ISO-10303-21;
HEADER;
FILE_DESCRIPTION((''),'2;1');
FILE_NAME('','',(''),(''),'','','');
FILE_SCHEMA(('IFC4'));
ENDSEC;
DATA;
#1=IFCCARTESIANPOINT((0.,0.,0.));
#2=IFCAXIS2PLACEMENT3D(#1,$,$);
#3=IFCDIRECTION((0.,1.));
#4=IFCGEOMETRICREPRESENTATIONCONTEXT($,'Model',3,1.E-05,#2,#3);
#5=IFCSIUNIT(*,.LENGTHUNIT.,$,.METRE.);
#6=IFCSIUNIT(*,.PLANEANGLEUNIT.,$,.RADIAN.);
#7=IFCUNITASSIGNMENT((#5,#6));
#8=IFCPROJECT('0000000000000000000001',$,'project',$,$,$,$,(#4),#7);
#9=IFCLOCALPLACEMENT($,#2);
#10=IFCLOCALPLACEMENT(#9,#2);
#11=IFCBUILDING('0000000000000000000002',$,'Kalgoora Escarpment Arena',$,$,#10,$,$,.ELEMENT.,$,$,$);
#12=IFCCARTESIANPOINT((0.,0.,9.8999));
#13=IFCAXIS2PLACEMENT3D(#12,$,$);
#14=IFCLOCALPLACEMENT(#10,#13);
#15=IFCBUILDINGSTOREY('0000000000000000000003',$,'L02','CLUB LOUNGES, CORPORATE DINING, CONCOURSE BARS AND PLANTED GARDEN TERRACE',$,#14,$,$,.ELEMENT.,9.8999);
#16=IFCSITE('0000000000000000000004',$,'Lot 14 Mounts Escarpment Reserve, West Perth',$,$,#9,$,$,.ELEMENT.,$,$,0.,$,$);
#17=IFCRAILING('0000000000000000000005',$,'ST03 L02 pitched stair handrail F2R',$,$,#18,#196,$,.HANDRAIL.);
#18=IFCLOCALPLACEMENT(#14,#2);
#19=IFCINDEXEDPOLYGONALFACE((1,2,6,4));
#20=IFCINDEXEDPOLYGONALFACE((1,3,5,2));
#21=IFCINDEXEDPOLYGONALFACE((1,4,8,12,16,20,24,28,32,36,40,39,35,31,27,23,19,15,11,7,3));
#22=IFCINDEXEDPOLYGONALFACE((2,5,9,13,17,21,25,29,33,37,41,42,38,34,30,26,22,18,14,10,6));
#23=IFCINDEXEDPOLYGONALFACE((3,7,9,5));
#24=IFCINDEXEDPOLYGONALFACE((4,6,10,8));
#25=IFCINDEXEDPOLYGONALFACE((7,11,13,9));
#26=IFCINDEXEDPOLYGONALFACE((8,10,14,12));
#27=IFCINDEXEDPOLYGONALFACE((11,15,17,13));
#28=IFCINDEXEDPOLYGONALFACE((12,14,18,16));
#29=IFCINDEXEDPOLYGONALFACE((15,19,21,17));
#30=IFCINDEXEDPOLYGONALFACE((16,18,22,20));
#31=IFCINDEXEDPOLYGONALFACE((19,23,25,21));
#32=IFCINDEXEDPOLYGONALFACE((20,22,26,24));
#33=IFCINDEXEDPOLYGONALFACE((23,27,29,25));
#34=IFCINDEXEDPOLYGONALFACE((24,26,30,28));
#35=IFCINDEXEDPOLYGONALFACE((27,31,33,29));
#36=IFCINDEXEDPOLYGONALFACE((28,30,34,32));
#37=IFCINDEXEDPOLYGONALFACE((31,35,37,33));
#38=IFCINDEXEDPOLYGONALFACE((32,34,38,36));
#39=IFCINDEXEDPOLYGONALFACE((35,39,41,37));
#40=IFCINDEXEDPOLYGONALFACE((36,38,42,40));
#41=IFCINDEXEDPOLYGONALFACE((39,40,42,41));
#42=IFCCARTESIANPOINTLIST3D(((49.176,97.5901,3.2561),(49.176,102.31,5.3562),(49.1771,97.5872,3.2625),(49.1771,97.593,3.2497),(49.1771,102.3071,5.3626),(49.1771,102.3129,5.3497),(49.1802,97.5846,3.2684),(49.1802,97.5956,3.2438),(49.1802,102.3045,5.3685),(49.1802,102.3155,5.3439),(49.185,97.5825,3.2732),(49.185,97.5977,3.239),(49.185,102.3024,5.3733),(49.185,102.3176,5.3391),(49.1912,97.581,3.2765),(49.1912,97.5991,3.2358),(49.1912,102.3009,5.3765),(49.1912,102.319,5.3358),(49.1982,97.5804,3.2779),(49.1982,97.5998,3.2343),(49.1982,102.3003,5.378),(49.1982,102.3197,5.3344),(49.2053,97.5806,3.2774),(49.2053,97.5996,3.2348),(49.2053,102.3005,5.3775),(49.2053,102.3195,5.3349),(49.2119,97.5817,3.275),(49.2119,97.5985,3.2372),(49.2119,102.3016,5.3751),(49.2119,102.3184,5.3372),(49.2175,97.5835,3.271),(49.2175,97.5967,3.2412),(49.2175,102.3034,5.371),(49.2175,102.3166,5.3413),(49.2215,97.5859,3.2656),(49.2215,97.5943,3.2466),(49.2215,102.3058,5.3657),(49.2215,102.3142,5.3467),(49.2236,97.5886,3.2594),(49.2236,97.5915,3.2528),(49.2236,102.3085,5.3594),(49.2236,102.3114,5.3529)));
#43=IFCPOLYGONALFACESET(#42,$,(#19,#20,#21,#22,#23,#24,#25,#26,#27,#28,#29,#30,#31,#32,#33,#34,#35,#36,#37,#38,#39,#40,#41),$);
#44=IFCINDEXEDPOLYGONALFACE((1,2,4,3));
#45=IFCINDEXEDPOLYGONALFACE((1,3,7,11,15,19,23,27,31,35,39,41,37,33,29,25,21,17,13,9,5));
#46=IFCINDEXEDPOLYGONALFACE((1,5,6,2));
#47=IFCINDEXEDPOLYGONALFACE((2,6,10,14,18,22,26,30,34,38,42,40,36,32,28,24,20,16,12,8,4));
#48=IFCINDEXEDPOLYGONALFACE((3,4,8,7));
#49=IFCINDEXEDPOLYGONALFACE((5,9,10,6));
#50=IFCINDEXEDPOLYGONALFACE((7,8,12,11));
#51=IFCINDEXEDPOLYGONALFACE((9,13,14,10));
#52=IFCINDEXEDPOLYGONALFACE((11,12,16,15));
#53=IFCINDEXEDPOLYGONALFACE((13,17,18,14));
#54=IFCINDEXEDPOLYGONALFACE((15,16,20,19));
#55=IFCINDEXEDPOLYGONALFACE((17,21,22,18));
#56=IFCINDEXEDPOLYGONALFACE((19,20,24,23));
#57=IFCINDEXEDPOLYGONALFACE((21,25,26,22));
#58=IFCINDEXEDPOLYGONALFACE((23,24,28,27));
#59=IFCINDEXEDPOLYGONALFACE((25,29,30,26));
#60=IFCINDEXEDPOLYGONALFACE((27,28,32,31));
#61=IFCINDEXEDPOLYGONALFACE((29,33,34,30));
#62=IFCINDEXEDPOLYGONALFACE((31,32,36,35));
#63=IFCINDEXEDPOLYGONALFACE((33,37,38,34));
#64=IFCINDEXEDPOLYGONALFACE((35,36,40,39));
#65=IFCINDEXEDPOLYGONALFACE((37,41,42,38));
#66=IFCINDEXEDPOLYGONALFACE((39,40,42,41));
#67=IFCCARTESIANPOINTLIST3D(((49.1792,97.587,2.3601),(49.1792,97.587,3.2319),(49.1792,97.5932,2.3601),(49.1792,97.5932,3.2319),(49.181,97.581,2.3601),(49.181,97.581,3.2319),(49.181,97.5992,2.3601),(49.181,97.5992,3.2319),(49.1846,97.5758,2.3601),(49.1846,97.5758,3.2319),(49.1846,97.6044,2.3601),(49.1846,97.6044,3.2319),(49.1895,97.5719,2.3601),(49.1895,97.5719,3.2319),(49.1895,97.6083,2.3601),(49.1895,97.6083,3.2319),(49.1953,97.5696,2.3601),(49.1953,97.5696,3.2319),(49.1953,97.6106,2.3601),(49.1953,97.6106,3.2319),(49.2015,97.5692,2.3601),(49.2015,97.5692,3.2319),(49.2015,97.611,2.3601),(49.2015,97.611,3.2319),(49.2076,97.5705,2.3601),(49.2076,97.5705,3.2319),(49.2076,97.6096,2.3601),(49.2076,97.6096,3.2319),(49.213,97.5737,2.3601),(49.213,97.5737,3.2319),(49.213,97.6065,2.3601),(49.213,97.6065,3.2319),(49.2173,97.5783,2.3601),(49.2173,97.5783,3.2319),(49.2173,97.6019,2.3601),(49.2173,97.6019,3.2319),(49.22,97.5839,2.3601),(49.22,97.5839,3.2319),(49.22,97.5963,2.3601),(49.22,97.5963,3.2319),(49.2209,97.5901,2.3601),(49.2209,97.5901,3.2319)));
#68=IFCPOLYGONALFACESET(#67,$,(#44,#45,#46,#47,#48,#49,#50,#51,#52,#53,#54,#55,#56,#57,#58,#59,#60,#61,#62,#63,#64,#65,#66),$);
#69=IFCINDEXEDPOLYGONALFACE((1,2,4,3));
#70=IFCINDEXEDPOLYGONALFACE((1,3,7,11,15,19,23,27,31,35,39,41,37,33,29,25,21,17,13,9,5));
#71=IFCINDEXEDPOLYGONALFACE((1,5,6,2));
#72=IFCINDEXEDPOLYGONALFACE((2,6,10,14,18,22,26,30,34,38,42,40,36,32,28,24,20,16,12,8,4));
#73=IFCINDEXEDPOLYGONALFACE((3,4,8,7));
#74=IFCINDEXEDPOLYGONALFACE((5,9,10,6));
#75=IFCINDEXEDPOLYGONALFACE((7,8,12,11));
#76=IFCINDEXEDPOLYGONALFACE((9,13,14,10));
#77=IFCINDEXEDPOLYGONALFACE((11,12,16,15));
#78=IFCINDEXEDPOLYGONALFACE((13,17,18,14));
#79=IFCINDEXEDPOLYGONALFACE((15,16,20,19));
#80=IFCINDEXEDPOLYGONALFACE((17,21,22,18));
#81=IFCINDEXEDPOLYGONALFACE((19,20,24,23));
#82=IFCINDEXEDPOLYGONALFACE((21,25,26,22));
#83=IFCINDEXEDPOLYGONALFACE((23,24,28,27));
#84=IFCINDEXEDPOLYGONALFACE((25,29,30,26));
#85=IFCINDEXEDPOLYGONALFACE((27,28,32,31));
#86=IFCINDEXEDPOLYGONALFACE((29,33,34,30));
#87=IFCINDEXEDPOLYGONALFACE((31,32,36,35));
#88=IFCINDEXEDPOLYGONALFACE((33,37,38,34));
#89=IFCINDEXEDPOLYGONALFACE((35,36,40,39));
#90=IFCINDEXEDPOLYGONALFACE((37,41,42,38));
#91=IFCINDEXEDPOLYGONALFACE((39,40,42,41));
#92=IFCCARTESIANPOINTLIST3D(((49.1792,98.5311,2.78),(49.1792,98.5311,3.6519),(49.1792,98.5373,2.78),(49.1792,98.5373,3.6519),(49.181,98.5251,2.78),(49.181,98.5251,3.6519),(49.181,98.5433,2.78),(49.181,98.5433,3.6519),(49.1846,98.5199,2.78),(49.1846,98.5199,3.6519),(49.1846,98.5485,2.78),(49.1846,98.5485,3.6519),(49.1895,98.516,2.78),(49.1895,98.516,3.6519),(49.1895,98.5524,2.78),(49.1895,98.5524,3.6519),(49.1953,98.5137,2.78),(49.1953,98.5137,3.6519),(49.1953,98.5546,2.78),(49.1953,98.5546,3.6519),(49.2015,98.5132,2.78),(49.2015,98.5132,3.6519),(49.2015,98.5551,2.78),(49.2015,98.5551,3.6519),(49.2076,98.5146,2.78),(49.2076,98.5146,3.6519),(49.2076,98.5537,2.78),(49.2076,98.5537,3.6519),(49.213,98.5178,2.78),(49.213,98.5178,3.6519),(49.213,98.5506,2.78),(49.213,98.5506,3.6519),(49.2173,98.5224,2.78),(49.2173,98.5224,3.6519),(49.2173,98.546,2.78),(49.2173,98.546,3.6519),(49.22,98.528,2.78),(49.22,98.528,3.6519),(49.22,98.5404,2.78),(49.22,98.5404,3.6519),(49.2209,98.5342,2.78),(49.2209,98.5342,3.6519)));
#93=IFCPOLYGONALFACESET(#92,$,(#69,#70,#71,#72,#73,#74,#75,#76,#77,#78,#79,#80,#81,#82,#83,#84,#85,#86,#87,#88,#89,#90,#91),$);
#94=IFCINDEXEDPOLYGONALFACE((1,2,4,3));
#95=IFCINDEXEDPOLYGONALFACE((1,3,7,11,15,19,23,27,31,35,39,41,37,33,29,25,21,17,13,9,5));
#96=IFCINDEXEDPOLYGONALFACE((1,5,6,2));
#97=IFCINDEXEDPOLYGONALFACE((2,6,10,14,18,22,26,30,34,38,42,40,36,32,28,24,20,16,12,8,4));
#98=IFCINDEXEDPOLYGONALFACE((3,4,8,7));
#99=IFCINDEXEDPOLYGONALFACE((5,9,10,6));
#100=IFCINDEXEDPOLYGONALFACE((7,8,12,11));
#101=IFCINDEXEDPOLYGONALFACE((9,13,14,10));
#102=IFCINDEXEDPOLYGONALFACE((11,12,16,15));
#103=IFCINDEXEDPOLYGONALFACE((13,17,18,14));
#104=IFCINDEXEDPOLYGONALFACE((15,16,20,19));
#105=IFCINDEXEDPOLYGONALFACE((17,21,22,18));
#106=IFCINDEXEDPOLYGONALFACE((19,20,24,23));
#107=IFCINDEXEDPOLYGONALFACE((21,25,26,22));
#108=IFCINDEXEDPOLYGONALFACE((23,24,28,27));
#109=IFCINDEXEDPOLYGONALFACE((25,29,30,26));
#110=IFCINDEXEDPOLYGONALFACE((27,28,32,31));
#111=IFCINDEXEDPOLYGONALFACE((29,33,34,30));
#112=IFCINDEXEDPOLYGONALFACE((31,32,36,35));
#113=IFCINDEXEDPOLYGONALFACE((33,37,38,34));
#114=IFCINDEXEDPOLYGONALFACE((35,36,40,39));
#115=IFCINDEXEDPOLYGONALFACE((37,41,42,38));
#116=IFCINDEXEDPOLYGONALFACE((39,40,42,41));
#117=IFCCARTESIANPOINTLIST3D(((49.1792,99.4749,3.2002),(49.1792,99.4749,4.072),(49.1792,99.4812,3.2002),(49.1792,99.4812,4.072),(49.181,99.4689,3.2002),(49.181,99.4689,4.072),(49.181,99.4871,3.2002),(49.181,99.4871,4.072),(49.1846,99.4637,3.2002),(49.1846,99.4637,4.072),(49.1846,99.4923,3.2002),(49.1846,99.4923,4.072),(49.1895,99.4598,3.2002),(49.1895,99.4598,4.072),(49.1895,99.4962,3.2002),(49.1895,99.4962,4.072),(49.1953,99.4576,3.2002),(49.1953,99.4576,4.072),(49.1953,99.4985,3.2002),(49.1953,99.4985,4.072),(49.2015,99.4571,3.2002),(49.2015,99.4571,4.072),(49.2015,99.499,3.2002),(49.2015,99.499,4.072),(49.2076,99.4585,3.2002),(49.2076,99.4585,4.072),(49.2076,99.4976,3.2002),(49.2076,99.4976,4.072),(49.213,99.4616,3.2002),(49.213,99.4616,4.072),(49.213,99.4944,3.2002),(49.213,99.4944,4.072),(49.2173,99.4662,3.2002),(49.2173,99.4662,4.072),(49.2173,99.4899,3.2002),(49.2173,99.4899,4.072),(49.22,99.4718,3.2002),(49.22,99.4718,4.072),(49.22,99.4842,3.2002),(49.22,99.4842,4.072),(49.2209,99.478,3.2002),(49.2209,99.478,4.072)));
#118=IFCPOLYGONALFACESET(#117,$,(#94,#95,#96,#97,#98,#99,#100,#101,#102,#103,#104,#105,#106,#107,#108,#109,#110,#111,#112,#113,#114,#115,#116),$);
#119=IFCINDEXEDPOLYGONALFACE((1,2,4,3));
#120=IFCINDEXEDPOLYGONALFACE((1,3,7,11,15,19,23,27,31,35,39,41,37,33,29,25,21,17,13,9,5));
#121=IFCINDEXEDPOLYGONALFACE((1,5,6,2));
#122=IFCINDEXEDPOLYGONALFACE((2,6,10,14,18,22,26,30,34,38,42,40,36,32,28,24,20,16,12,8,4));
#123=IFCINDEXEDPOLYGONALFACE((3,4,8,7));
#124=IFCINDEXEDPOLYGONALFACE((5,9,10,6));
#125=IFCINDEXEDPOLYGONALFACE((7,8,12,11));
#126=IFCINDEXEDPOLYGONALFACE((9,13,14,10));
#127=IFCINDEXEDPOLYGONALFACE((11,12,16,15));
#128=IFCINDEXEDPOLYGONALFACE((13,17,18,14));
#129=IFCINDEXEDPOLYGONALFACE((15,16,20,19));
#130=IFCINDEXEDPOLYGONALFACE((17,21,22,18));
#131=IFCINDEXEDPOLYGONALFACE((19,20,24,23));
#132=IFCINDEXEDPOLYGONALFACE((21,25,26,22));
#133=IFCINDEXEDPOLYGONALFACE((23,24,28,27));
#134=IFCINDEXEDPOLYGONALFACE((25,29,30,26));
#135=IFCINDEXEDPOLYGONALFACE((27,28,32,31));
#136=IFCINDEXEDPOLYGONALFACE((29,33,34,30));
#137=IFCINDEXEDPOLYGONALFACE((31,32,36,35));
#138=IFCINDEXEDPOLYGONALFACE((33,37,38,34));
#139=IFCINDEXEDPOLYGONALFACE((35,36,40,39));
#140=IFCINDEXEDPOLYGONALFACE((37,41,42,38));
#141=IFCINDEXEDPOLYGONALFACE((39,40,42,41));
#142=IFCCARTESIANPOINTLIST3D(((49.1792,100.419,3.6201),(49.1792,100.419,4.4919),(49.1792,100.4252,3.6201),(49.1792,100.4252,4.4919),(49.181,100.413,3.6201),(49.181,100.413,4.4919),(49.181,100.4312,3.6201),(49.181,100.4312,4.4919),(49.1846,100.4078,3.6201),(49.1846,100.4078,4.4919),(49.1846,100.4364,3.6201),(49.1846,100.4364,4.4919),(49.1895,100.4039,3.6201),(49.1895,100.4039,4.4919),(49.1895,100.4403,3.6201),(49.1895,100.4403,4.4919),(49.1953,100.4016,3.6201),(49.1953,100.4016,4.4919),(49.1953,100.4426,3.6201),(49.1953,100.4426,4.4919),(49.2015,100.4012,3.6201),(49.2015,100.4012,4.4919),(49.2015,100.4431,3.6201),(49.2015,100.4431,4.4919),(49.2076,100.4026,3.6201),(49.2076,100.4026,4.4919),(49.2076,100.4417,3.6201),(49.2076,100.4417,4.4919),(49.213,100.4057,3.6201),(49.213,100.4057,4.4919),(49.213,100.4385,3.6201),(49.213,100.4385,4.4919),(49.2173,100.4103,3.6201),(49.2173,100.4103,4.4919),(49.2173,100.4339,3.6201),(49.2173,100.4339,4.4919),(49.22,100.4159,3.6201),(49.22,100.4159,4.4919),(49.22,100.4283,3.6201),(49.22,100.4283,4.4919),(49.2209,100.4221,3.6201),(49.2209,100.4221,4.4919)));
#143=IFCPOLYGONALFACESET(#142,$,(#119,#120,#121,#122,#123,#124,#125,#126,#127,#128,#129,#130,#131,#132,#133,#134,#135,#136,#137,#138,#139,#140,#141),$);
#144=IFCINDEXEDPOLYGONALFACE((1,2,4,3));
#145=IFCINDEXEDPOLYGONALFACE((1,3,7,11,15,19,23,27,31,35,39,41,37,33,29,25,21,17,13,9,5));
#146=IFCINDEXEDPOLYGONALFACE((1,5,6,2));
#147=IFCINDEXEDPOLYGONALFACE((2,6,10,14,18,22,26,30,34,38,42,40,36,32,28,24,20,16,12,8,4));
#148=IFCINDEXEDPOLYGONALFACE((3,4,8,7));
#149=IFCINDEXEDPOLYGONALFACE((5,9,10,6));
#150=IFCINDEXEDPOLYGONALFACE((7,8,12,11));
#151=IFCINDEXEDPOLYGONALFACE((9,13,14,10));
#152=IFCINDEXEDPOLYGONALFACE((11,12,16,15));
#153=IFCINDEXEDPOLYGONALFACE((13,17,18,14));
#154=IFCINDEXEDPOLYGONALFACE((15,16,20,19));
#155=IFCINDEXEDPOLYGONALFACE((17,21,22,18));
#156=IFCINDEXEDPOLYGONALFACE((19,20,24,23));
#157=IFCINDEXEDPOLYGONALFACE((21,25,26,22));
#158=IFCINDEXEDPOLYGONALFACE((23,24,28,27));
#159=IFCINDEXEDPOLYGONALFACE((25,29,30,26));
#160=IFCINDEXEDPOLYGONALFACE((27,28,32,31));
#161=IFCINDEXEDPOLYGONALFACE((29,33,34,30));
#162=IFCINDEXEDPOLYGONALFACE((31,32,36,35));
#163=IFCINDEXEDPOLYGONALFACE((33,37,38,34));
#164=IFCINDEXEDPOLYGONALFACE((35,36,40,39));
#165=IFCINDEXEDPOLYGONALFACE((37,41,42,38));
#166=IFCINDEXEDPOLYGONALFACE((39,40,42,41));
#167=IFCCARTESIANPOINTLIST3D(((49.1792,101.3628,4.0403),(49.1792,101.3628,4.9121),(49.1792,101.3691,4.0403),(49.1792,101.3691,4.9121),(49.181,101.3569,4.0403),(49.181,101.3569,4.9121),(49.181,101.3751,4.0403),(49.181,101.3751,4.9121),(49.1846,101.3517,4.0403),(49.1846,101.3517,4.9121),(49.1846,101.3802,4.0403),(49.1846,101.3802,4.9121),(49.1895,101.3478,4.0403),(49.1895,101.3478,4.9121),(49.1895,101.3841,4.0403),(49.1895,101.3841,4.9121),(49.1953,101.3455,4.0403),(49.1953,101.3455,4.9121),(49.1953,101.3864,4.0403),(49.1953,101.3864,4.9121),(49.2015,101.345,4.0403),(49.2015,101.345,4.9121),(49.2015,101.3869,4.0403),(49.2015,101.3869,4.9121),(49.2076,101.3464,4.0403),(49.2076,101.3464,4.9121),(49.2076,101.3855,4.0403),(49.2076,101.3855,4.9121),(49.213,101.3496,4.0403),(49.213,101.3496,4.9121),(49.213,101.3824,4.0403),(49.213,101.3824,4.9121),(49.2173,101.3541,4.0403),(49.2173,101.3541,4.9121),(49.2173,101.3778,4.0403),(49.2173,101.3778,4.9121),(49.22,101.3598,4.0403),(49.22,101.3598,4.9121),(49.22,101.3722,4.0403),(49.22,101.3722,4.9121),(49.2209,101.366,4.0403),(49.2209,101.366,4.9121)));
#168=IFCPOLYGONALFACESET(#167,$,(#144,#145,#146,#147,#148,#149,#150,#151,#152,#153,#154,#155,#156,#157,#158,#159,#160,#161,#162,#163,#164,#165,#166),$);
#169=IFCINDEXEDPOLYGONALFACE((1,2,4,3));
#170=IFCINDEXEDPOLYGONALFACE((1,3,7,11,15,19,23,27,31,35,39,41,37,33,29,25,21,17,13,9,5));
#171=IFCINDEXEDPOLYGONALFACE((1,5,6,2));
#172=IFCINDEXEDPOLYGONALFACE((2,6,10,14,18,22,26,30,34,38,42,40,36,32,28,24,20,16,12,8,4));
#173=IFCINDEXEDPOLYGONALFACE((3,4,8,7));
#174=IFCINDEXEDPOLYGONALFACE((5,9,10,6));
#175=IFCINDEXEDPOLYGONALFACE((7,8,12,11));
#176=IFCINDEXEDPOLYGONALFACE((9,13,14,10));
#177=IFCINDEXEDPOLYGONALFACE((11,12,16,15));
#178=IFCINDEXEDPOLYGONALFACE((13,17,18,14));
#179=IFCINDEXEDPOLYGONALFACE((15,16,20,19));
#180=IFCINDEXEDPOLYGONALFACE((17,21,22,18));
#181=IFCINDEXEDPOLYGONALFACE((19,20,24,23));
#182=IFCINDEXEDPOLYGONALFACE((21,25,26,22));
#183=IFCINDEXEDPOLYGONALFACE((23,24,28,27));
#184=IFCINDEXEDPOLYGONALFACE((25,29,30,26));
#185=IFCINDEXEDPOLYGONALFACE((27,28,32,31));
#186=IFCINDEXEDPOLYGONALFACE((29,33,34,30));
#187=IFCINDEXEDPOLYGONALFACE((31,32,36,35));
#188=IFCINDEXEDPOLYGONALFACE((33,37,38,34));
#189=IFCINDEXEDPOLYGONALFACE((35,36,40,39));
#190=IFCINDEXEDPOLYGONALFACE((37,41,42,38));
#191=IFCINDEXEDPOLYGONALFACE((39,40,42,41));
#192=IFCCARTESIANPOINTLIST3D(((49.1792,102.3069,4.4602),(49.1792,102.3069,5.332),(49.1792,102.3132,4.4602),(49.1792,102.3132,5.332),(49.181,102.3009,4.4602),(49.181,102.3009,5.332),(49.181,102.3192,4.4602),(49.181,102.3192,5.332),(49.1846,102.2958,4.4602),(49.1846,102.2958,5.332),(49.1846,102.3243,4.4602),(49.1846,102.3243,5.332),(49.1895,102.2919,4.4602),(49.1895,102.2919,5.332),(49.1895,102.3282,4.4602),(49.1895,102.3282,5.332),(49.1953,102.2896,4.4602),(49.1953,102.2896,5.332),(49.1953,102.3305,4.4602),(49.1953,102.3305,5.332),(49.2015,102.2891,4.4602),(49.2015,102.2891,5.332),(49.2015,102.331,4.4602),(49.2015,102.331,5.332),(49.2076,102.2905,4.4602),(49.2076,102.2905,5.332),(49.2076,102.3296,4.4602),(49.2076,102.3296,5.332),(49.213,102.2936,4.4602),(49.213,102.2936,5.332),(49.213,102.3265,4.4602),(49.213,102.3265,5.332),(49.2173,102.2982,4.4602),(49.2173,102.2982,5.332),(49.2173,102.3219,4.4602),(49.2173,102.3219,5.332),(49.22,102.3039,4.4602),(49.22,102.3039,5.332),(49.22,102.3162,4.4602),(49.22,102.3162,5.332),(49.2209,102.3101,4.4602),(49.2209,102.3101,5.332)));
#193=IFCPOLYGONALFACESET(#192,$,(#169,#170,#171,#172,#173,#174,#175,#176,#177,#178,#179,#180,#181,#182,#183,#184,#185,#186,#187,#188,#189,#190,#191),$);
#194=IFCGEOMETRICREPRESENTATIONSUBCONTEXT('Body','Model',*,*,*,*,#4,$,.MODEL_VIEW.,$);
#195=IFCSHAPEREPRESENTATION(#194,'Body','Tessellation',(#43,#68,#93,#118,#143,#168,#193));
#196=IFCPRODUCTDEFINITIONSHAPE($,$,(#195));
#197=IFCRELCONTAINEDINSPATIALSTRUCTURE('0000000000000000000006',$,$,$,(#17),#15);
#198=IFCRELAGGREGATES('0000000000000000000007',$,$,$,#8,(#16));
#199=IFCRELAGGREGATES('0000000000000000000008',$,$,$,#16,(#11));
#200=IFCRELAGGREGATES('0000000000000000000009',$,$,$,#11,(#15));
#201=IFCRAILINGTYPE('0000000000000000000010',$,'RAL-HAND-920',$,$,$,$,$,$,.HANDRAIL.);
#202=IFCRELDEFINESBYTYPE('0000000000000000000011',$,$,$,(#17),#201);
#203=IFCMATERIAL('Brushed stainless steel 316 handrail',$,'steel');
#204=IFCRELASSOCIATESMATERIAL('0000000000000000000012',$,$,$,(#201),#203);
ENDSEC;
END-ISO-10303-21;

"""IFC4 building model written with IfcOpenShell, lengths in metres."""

from ifc_helpers import new_model, si_unit, direction, frame, origin, origin_2d, place, context, subcontext, project, spatial, circle, extrude, material, type_object, element, save


model = new_model("IFC4")

# Units and contexts
model_context = context("Model", 3, precision=1e-05, world=origin(), true_north=direction((0.0, 1.0)))
body_context = subcontext(model_context, "Body", "Model", "MODEL_VIEW")
ifc_project = project(units=[si_unit("LENGTHUNIT", "METRE"), si_unit("PLANEANGLEUNIT", "RADIAN")], contexts=[model_context])

# Site, building, storey
site_placement = place(None, origin())
site = spatial("IfcSite", under=ifc_project, at=site_placement, Name="Lot 14 Mounts Escarpment Reserve, West Perth", CompositionType="ELEMENT", RefElevation=0.0)
building_placement = place(site_placement, origin())
building = spatial("IfcBuilding", under=site, at=building_placement, Name="Kalgoora Escarpment Arena", CompositionType="ELEMENT")
storey_placement = place(building_placement, frame((0.0, 0.0, 9.8999)))
storey = spatial("IfcBuildingStorey", under=building, at=storey_placement, Name="L02", Description="CLUB LOUNGES, CORPORATE DINING, CONCOURSE BARS AND PLANTED GARDEN TERRACE", CompositionType="ELEMENT", Elevation=9.8999)

# Railing
ifc_material_1 = material(Name="Brushed stainless steel 316 handrail", Category="steel")
railing_type = type_object("IfcRailingType", Name="RAL-HAND-920", PredefinedType="HANDRAIL", material=ifc_material_1)
for number, where, name in (
    (1, (49.2, 97.5901, 2.3601), "ST03 L02 pitched stair handrail F2R"),
):
    element("IfcRailing", number, at=place(storey_placement, frame(where)), inside=storey, type_object=railing_type, Name=name, PredefinedType="HANDRAIL", context=body_context, shape_type="SweptSolid", body=[
        extrude(circle(Radius=0.0239, at=origin_2d()), frame((0.0, 0.0, 0.896), z_axis=(0.0, 0.913644, 0.406516), x_axis=(-1.0, 0.0, 0.0)), (0.0, 0.0, 1.0), 5.166),
        extrude(circle(Radius=0.021, at=origin_2d()), origin(), (0.0, 0.0, 1.0), 0.8718),
        extrude(circle(Radius=0.021, at=origin_2d()), frame((0.0, 0.9441, 0.4199)), (0.0, 0.0, 1.0), 0.8718),
        extrude(circle(Radius=0.021, at=origin_2d()), frame((0.0, 1.8879, 0.8401)), (0.0, 0.0, 1.0), 0.8718),
        extrude(circle(Radius=0.021, at=origin_2d()), frame((0.0, 2.832, 1.26)), (0.0, 0.0, 1.0), 0.8718),
        extrude(circle(Radius=0.021, at=origin_2d()), frame((0.0, 3.7759, 1.6802)), (0.0, 0.0, 1.0), 0.8718),
        extrude(circle(Radius=0.021, at=origin_2d()), frame((0.0, 4.72, 2.1001)), (0.0, 0.0, 1.0), 0.8718),
    ])

save(model, "model.ifc")
